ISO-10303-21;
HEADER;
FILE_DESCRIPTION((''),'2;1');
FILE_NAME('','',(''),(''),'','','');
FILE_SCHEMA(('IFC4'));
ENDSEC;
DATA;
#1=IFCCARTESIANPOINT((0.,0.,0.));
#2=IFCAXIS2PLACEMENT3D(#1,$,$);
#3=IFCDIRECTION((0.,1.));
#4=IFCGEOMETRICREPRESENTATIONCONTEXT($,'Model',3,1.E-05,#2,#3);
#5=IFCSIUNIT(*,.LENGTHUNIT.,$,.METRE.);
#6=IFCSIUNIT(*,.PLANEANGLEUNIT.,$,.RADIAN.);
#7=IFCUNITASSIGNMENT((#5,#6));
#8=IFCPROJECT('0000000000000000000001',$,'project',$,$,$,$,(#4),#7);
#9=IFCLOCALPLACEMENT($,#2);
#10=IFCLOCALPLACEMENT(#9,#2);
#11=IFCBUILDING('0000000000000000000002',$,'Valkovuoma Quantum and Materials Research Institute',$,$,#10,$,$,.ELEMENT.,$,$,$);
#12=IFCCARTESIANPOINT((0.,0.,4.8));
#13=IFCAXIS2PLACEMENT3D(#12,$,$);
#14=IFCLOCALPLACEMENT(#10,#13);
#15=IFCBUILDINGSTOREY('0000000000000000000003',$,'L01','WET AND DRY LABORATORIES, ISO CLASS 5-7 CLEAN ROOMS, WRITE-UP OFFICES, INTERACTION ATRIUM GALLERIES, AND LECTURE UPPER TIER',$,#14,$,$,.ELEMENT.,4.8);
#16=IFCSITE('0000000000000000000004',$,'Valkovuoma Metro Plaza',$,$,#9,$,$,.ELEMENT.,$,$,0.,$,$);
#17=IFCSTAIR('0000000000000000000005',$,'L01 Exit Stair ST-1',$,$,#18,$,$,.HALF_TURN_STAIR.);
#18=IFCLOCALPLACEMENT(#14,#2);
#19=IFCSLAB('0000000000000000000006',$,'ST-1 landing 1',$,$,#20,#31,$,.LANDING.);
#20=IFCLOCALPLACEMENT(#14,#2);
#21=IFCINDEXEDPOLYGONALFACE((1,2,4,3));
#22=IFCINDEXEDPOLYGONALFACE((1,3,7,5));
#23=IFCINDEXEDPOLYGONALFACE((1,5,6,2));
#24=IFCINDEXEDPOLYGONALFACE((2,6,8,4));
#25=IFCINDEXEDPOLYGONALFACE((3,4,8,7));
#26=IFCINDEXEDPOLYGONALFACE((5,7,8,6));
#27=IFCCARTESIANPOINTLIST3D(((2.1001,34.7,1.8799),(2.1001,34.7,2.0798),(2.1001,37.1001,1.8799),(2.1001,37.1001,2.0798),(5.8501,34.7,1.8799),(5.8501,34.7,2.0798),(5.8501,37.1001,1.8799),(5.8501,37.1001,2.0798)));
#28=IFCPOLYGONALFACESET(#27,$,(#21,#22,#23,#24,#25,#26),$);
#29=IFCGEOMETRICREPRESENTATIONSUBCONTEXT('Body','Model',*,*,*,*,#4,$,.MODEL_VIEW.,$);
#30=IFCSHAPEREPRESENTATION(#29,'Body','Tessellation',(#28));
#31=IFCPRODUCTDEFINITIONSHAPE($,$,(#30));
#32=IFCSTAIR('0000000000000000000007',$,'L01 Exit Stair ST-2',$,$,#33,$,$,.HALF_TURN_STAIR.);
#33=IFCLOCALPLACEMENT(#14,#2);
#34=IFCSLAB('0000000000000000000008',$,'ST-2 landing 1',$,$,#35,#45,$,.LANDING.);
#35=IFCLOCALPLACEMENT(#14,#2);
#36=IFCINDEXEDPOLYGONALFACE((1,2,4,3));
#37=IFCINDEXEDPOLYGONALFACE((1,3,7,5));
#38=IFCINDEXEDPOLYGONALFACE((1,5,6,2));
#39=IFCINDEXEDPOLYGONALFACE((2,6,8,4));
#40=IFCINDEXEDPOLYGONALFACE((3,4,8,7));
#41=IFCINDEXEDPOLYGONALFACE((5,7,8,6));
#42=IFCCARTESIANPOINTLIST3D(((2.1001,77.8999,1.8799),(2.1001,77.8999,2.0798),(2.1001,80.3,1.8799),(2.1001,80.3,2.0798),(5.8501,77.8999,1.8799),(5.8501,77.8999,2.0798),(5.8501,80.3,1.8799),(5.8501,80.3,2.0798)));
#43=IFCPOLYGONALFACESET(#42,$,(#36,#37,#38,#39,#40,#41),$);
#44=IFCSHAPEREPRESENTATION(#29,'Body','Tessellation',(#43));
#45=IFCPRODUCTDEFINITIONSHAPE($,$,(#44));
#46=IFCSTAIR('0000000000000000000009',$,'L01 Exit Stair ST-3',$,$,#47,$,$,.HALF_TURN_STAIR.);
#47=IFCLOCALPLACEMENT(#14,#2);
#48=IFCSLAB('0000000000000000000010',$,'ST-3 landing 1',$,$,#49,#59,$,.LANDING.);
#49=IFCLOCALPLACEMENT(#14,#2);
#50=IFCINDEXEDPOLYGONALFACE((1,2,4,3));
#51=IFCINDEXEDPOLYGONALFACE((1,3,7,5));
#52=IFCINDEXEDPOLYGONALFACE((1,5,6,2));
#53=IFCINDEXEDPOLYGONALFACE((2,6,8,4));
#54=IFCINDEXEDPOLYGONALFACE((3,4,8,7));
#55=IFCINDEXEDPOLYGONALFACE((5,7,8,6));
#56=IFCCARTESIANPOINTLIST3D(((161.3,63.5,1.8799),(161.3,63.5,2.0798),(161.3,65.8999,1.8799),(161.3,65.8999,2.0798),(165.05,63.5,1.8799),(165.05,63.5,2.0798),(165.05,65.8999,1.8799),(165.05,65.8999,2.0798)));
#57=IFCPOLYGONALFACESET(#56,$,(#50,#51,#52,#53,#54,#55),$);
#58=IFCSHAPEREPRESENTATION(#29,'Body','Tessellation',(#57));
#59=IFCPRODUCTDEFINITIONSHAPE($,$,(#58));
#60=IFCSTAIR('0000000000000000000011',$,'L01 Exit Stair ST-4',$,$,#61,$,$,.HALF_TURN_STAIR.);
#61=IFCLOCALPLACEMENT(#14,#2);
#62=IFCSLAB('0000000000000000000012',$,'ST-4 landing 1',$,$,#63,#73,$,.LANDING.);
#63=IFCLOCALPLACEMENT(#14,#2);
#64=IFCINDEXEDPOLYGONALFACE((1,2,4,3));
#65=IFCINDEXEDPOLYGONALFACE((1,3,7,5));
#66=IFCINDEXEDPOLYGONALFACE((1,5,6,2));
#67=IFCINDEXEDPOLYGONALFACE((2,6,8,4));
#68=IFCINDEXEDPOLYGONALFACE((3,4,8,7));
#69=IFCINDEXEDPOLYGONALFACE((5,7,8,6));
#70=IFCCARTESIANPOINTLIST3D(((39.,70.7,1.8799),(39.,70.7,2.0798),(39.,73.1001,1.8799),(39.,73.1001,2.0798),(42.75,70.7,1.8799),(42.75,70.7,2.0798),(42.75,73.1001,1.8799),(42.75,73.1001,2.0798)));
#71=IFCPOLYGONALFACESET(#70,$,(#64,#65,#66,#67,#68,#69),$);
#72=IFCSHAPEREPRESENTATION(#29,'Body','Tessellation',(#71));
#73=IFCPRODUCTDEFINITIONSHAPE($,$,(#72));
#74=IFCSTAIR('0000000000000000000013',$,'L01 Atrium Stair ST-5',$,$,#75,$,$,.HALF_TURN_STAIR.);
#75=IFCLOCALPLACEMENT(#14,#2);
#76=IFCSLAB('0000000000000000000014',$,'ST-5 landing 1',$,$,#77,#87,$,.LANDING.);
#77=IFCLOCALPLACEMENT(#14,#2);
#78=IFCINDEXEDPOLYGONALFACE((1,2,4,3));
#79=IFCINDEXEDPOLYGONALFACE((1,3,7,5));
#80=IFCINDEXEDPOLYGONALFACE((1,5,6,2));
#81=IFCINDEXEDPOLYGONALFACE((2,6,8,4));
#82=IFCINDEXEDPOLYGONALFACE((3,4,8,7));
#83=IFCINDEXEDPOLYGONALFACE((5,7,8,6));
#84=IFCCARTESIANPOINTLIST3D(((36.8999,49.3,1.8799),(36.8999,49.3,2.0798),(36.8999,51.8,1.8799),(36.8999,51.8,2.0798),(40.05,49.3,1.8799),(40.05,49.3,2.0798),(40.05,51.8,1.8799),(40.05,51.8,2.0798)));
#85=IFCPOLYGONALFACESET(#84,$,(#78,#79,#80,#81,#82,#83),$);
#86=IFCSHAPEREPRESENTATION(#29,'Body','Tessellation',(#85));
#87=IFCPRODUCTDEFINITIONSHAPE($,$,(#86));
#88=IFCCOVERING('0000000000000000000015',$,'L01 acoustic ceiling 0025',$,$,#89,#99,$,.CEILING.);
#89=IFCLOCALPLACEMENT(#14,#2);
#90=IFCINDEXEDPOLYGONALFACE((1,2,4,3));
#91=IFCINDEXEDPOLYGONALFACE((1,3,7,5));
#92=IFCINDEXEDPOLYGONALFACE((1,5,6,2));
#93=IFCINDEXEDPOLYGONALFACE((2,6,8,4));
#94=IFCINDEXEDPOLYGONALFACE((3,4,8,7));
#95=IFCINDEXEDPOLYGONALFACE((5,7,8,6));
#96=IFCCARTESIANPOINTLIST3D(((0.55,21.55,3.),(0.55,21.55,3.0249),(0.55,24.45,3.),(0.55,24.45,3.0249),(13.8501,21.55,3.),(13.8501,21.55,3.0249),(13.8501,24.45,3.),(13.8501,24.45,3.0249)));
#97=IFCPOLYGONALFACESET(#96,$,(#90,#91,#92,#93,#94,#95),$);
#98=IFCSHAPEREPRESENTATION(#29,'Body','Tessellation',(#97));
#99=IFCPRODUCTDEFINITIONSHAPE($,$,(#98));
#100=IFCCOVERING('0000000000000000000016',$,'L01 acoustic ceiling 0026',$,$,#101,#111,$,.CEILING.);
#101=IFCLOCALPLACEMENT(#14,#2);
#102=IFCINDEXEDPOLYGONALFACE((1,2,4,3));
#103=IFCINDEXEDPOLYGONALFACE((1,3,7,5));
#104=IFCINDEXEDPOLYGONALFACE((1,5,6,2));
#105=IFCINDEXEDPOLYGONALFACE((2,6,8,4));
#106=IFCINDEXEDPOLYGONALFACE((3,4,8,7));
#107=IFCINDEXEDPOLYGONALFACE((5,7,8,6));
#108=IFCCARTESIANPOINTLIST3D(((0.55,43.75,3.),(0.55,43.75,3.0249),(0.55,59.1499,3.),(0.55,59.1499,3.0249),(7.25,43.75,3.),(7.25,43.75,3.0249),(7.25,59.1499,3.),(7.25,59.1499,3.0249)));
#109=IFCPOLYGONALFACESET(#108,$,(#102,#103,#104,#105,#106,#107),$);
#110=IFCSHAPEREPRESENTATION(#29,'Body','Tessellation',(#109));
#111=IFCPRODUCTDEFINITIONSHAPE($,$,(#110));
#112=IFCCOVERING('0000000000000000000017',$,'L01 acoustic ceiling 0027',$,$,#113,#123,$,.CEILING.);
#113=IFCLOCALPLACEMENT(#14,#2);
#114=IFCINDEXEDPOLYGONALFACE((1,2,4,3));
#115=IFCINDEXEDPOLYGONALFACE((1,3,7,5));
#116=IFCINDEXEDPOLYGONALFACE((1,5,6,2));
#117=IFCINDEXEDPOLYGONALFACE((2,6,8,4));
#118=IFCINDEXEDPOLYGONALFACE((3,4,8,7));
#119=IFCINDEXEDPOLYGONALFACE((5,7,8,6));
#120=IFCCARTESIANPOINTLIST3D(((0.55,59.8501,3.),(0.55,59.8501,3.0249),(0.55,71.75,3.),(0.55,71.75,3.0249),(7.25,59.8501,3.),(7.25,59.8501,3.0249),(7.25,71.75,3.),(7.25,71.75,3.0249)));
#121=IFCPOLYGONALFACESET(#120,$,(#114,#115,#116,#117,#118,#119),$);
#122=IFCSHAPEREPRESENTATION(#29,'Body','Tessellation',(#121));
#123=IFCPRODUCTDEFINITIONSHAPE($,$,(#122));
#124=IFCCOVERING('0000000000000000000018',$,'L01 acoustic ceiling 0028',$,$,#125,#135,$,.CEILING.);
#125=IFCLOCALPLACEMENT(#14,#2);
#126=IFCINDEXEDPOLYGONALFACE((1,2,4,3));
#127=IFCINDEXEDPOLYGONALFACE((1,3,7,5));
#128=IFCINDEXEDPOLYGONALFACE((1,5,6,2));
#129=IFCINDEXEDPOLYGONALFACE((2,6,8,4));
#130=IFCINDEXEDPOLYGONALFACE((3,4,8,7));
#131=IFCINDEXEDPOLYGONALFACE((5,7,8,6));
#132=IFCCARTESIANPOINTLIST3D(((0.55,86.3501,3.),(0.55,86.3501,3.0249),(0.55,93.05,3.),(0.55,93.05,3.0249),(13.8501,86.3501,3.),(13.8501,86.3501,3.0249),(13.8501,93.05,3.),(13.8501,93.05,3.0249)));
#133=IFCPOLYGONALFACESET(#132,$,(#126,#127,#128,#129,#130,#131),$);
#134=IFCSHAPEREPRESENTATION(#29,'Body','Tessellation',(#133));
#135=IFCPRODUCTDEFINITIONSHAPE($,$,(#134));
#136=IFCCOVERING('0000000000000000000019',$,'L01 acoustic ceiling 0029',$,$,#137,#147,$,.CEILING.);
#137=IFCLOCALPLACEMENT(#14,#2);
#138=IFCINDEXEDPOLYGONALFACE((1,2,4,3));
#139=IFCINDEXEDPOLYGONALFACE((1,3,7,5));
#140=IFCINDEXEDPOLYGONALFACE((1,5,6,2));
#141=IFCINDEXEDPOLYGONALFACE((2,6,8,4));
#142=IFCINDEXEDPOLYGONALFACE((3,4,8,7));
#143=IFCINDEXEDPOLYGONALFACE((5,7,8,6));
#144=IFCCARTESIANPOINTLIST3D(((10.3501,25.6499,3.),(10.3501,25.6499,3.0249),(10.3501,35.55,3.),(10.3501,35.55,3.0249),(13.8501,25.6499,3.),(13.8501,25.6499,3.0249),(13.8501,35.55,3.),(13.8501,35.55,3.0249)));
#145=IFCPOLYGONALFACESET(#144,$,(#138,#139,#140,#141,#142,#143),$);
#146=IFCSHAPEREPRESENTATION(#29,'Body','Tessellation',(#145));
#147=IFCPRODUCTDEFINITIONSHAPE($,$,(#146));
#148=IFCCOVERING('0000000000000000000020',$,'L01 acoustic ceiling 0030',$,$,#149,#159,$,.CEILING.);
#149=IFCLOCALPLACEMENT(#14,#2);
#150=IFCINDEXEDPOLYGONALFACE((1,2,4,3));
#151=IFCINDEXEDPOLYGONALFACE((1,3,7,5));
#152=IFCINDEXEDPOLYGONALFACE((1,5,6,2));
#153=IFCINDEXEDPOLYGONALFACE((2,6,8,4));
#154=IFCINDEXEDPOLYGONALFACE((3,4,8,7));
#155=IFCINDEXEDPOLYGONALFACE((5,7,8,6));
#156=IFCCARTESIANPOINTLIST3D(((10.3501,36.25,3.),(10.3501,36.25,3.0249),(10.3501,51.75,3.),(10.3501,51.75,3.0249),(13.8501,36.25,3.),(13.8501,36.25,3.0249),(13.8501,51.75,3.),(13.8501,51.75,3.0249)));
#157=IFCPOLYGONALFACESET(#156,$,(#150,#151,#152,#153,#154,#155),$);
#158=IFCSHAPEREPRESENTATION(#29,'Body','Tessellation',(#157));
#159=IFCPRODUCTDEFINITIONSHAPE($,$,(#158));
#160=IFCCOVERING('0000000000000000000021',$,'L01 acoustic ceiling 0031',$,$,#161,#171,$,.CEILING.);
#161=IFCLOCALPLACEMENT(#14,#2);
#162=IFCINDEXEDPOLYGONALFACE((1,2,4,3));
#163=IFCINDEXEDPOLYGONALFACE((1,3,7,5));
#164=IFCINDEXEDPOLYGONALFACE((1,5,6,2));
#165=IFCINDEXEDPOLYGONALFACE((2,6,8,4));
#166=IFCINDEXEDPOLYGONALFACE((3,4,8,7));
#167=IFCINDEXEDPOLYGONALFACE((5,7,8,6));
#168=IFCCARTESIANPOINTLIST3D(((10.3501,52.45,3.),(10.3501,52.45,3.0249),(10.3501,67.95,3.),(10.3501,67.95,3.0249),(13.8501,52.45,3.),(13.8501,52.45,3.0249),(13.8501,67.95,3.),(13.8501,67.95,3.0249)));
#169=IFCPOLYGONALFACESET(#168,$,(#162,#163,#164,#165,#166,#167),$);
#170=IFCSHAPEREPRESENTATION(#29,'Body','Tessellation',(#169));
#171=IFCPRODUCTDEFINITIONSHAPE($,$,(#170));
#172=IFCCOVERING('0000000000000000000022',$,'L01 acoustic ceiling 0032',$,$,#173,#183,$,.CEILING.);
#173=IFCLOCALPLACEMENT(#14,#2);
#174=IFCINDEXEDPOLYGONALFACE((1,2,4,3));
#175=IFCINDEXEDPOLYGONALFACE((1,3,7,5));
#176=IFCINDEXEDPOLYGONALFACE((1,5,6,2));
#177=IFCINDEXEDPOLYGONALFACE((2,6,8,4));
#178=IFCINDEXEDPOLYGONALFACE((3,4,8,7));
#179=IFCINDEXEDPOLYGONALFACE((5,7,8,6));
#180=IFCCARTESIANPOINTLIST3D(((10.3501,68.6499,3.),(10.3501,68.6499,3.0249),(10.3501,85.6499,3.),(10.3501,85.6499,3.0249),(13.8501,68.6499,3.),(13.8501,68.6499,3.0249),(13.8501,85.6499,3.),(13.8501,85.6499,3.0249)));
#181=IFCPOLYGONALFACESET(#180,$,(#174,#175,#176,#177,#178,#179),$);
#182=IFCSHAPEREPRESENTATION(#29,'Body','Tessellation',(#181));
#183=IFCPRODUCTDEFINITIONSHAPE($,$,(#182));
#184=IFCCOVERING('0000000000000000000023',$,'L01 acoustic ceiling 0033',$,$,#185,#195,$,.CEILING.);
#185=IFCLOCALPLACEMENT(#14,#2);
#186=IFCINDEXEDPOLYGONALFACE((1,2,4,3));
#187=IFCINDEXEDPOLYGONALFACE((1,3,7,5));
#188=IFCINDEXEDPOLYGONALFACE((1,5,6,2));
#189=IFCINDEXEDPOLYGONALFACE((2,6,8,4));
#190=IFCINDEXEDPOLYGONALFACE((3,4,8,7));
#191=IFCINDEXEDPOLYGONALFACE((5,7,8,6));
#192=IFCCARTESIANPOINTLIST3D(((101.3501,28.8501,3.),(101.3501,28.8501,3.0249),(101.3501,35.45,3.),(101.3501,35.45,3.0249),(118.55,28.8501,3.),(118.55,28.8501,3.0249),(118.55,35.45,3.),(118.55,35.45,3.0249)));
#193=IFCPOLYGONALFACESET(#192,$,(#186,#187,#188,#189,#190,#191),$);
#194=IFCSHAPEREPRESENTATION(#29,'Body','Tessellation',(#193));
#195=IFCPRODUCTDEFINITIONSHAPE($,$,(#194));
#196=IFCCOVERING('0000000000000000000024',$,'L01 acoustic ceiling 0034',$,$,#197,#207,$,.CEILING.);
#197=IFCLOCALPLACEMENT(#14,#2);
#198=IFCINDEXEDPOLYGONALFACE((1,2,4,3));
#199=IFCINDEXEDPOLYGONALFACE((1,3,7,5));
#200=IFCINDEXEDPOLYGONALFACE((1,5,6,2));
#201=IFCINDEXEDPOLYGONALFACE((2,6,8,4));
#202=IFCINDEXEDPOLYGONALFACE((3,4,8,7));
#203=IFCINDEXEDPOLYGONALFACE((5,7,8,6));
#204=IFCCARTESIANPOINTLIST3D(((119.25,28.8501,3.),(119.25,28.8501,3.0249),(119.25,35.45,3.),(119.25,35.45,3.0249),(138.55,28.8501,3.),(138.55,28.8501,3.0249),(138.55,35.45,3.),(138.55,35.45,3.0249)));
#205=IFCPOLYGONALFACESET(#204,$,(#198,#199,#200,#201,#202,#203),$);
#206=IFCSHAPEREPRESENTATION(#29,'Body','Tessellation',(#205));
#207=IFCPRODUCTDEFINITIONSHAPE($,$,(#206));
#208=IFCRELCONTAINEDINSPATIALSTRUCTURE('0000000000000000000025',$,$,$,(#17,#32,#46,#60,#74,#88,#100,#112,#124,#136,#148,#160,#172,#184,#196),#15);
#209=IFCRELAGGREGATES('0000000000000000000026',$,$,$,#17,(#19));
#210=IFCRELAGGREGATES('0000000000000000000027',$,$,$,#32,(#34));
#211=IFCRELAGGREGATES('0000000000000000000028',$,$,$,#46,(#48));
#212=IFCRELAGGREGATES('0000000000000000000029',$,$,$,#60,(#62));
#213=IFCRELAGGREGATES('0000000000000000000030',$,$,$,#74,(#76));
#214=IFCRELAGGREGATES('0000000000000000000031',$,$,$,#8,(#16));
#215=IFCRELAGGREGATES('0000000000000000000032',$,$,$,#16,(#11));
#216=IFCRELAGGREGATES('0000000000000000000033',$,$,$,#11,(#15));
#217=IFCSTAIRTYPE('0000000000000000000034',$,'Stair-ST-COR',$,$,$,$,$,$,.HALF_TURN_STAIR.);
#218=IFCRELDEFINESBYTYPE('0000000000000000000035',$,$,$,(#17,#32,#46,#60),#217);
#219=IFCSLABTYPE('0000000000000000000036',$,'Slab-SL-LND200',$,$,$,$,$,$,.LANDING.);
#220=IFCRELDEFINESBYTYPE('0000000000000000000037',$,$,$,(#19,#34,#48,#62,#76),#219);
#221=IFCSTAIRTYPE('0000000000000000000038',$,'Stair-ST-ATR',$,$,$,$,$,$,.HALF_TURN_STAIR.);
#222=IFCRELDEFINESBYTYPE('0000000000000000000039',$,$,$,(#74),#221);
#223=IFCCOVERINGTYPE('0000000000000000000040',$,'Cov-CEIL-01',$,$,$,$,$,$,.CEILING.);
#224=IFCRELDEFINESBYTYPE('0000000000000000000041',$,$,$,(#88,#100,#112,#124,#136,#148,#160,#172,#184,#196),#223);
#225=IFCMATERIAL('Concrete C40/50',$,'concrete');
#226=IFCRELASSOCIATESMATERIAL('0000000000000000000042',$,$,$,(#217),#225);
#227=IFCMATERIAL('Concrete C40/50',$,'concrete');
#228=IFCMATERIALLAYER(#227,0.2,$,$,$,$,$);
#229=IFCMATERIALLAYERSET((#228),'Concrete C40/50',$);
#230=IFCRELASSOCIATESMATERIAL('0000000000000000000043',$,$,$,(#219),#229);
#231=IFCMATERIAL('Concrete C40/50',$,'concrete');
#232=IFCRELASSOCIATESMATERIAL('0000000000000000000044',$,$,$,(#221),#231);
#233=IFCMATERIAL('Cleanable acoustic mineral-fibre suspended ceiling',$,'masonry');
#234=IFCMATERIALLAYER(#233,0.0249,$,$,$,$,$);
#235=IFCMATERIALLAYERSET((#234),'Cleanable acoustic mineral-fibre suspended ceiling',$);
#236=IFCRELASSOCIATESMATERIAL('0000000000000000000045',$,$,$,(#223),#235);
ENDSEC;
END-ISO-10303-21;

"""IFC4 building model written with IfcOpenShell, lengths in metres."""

from ifc_helpers import new_model, si_unit, direction, frame, origin, place, context, subcontext, project, spatial, polyline, outline, extrude, material, layer, layer_set, type_object, element, aggregate, save


model = new_model("IFC4")

# Units and contexts
model_context = context("Model", 3, precision=1e-05, world=origin(), true_north=direction((0.0, 1.0)))
body_context = subcontext(model_context, "Body", "Model", "MODEL_VIEW")
ifc_project = project(units=[si_unit("LENGTHUNIT", "METRE"), si_unit("PLANEANGLEUNIT", "RADIAN")], contexts=[model_context])

# Site, building, storey
site_placement = place(None, origin())
site = spatial("IfcSite", under=ifc_project, at=site_placement, Name="Valkovuoma Metro Plaza", CompositionType="ELEMENT", RefElevation=0.0)
building_placement = place(site_placement, origin())
building = spatial("IfcBuilding", under=site, at=building_placement, Name="Valkovuoma Quantum and Materials Research Institute", CompositionType="ELEMENT")
storey_placement = place(building_placement, frame((0.0, 0.0, 4.8)))
storey = spatial("IfcBuildingStorey", under=building, at=storey_placement, Name="L01", Description="WET AND DRY LABORATORIES, ISO CLASS 5-7 CLEAN ROOMS, WRITE-UP OFFICES, INTERACTION ATRIUM GALLERIES, AND LECTURE UPPER TIER", CompositionType="ELEMENT", Elevation=4.8)

# Stairs, slabs
ifc_material_1 = material(Name="Concrete C40/50", Category="concrete")
stair_type_1 = type_object("IfcStairType", Name="Stair-ST-COR", PredefinedType="HALF_TURN_STAIR", material=ifc_material_1)
stair_1_placement = place(storey_placement, origin())
stair_1 = element("IfcStair", 1, at=stair_1_placement, inside=storey, type_object=stair_type_1, Name="L01 Exit Stair ST-1", PredefinedType="HALF_TURN_STAIR")
ifc_material_2 = material(Name="Concrete C40/50", Category="concrete")
ifc_layer_1 = layer(ifc_material_2, 0.2)
ifc_layer_set_1 = layer_set([ifc_layer_1], Name="Concrete C40/50")
slab_type = type_object("IfcSlabType", Name="Slab-SL-LND200", PredefinedType="LANDING", material=ifc_layer_set_1)
slab_1_placement = place(storey_placement, frame((0.0, 0.0, 1.8799)))
slab_1 = element("IfcSlab", 2, at=slab_1_placement, type_object=slab_type, Name="ST-1 landing 1", PredefinedType="LANDING", context=body_context, shape_type="SweptSolid", body=[
    extrude(outline(polyline([(5.8501, 34.7), (5.8501, 37.1001), (2.1001, 37.1001), (2.1001, 34.7), (5.8501, 34.7)])), origin(), (0.0, 0.0, 1.0), 0.2),
])
aggregate(stair_1, [slab_1])
stair_2_placement = place(storey_placement, origin())
stair_2 = element("IfcStair", 3, at=stair_2_placement, inside=storey, type_object=stair_type_1, Name="L01 Exit Stair ST-2", PredefinedType="HALF_TURN_STAIR")
slab_2_placement = place(storey_placement, frame((0.0, 0.0, 1.8799)))
slab_2 = element("IfcSlab", 4, at=slab_2_placement, type_object=slab_type, Name="ST-2 landing 1", PredefinedType="LANDING", context=body_context, shape_type="SweptSolid", body=[
    extrude(outline(polyline([(5.8501, 77.8999), (5.8501, 80.3), (2.1001, 80.3), (2.1001, 77.8999), (5.8501, 77.8999)])), origin(), (0.0, 0.0, 1.0), 0.2),
])
aggregate(stair_2, [slab_2])
stair_3_placement = place(storey_placement, origin())
stair_3 = element("IfcStair", 5, at=stair_3_placement, inside=storey, type_object=stair_type_1, Name="L01 Exit Stair ST-3", PredefinedType="HALF_TURN_STAIR")
slab_3_placement = place(storey_placement, frame((0.0, 0.0, 1.8799)))
slab_3 = element("IfcSlab", 6, at=slab_3_placement, type_object=slab_type, Name="ST-3 landing 1", PredefinedType="LANDING", context=body_context, shape_type="SweptSolid", body=[
    extrude(outline(polyline([(165.05, 63.5), (165.05, 65.8999), (161.3, 65.8999), (161.3, 63.5), (165.05, 63.5)])), origin(), (0.0, 0.0, 1.0), 0.2),
])
aggregate(stair_3, [slab_3])
stair_4_placement = place(storey_placement, origin())
stair_4 = element("IfcStair", 7, at=stair_4_placement, inside=storey, type_object=stair_type_1, Name="L01 Exit Stair ST-4", PredefinedType="HALF_TURN_STAIR")
slab_4_placement = place(storey_placement, frame((0.0, 0.0, 1.8799)))
slab_4 = element("IfcSlab", 8, at=slab_4_placement, type_object=slab_type, Name="ST-4 landing 1", PredefinedType="LANDING", context=body_context, shape_type="SweptSolid", body=[
    extrude(outline(polyline([(42.75, 70.7), (42.75, 73.1001), (39.0, 73.1001), (39.0, 70.7), (42.75, 70.7)])), origin(), (0.0, 0.0, 1.0), 0.2),
])
aggregate(stair_4, [slab_4])
ifc_material_3 = material(Name="Concrete C40/50", Category="concrete")
stair_type_2 = type_object("IfcStairType", Name="Stair-ST-ATR", PredefinedType="HALF_TURN_STAIR", material=ifc_material_3)
stair_5_placement = place(storey_placement, origin())
stair_5 = element("IfcStair", 9, at=stair_5_placement, inside=storey, type_object=stair_type_2, Name="L01 Atrium Stair ST-5", PredefinedType="HALF_TURN_STAIR")
slab_5_placement = place(storey_placement, frame((0.0, 0.0, 1.8799)))
slab_5 = element("IfcSlab", 10, at=slab_5_placement, type_object=slab_type, Name="ST-5 landing 1", PredefinedType="LANDING", context=body_context, shape_type="SweptSolid", body=[
    extrude(outline(polyline([(40.05, 49.3), (40.05, 51.8), (36.8999, 51.8), (36.8999, 49.3), (40.05, 49.3)])), origin(), (0.0, 0.0, 1.0), 0.2),
])
aggregate(stair_5, [slab_5])

# Coverings
ifc_material_4 = material(Name="Cleanable acoustic mineral-fibre suspended ceiling", Category="masonry")
ifc_layer_2 = layer(ifc_material_4, 0.0249)
ifc_layer_set_2 = layer_set([ifc_layer_2], Name="Cleanable acoustic mineral-fibre suspended ceiling")
covering_type_1 = type_object("IfcCoveringType", Name="Cov-CEIL-01", PredefinedType="CEILING", material=ifc_layer_set_2)
covering_1_placement = place(storey_placement, frame((0.0, 0.0, 3.0)))
element("IfcCovering", 11, at=covering_1_placement, inside=storey, type_object=covering_type_1, Name="L01 acoustic ceiling 0025", PredefinedType="CEILING", context=body_context, shape_type="SweptSolid", body=[
    extrude(outline(polyline([(0.55, 21.55), (13.8501, 21.55), (13.8501, 24.45), (0.55, 24.45), (0.55, 21.55)])), origin(), (0.0, 0.0, 1.0), 0.0249),
])
covering_2_placement = place(storey_placement, frame((0.0, 0.0, 3.0)))
element("IfcCovering", 12, at=covering_2_placement, inside=storey, type_object=covering_type_1, Name="L01 acoustic ceiling 0026", PredefinedType="CEILING", context=body_context, shape_type="SweptSolid", body=[
    extrude(outline(polyline([(0.55, 43.75), (7.25, 43.75), (7.25, 59.1499), (0.55, 59.1499), (0.55, 43.75)])), origin(), (0.0, 0.0, 1.0), 0.0249),
])
covering_3_placement = place(storey_placement, frame((0.0, 0.0, 3.0)))
element("IfcCovering", 13, at=covering_3_placement, inside=storey, type_object=covering_type_1, Name="L01 acoustic ceiling 0027", PredefinedType="CEILING", context=body_context, shape_type="SweptSolid", body=[
    extrude(outline(polyline([(0.55, 59.8501), (7.25, 59.8501), (7.25, 71.75), (0.55, 71.75), (0.55, 59.8501)])), origin(), (0.0, 0.0, 1.0), 0.0249),
])
covering_4_placement = place(storey_placement, frame((0.0, 0.0, 3.0)))
element("IfcCovering", 14, at=covering_4_placement, inside=storey, type_object=covering_type_1, Name="L01 acoustic ceiling 0028", PredefinedType="CEILING", context=body_context, shape_type="SweptSolid", body=[
    extrude(outline(polyline([(0.55, 86.3501), (13.8501, 86.3501), (13.8501, 93.05), (0.55, 93.05), (0.55, 86.3501)])), origin(), (0.0, 0.0, 1.0), 0.0249),
])
covering_5_placement = place(storey_placement, frame((0.0, 0.0, 3.0)))
element("IfcCovering", 15, at=covering_5_placement, inside=storey, type_object=covering_type_1, Name="L01 acoustic ceiling 0029", PredefinedType="CEILING", context=body_context, shape_type="SweptSolid", body=[
    extrude(outline(polyline([(10.3501, 25.6499), (13.8501, 25.6499), (13.8501, 35.55), (10.3501, 35.55), (10.3501, 25.6499)])), origin(), (0.0, 0.0, 1.0), 0.0249),
])
covering_6_placement = place(storey_placement, frame((0.0, 0.0, 3.0)))
element("IfcCovering", 16, at=covering_6_placement, inside=storey, type_object=covering_type_1, Name="L01 acoustic ceiling 0030", PredefinedType="CEILING", context=body_context, shape_type="SweptSolid", body=[
    extrude(outline(polyline([(10.3501, 36.25), (13.8501, 36.25), (13.8501, 51.75), (10.3501, 51.75), (10.3501, 36.25)])), origin(), (0.0, 0.0, 1.0), 0.0249),
])
covering_7_placement = place(storey_placement, frame((0.0, 0.0, 3.0)))
element("IfcCovering", 17, at=covering_7_placement, inside=storey, type_object=covering_type_1, Name="L01 acoustic ceiling 0031", PredefinedType="CEILING", context=body_context, shape_type="SweptSolid", body=[
    extrude(outline(polyline([(10.3501, 52.45), (13.8501, 52.45), (13.8501, 67.95), (10.3501, 67.95), (10.3501, 52.45)])), origin(), (0.0, 0.0, 1.0), 0.0249),
])
covering_8_placement = place(storey_placement, frame((0.0, 0.0, 3.0)))
element("IfcCovering", 18, at=covering_8_placement, inside=storey, type_object=covering_type_1, Name="L01 acoustic ceiling 0032", PredefinedType="CEILING", context=body_context, shape_type="SweptSolid", body=[
    extrude(outline(polyline([(10.3501, 68.6499), (13.8501, 68.6499), (13.8501, 85.6499), (10.3501, 85.6499), (10.3501, 68.6499)])), origin(), (0.0, 0.0, 1.0), 0.0249),
])
covering_9_placement = place(storey_placement, frame((0.0, 0.0, 3.0)))
element("IfcCovering", 19, at=covering_9_placement, inside=storey, type_object=covering_type_1, Name="L01 acoustic ceiling 0033", PredefinedType="CEILING", context=body_context, shape_type="SweptSolid", body=[
    extrude(outline(polyline([(101.3501, 28.8501), (118.55, 28.8501), (118.55, 35.45), (101.3501, 35.45), (101.3501, 28.8501)])), origin(), (0.0, 0.0, 1.0), 0.0249),
])
covering_10_placement = place(storey_placement, frame((0.0, 0.0, 3.0)))
element("IfcCovering", 20, at=covering_10_placement, inside=storey, type_object=covering_type_1, Name="L01 acoustic ceiling 0034", PredefinedType="CEILING", context=body_context, shape_type="SweptSolid", body=[
    extrude(outline(polyline([(119.25, 28.8501), (138.55, 28.8501), (138.55, 35.45), (119.25, 35.45), (119.25, 28.8501)])), origin(), (0.0, 0.0, 1.0), 0.0249),
])

save(model, "model.ifc")
